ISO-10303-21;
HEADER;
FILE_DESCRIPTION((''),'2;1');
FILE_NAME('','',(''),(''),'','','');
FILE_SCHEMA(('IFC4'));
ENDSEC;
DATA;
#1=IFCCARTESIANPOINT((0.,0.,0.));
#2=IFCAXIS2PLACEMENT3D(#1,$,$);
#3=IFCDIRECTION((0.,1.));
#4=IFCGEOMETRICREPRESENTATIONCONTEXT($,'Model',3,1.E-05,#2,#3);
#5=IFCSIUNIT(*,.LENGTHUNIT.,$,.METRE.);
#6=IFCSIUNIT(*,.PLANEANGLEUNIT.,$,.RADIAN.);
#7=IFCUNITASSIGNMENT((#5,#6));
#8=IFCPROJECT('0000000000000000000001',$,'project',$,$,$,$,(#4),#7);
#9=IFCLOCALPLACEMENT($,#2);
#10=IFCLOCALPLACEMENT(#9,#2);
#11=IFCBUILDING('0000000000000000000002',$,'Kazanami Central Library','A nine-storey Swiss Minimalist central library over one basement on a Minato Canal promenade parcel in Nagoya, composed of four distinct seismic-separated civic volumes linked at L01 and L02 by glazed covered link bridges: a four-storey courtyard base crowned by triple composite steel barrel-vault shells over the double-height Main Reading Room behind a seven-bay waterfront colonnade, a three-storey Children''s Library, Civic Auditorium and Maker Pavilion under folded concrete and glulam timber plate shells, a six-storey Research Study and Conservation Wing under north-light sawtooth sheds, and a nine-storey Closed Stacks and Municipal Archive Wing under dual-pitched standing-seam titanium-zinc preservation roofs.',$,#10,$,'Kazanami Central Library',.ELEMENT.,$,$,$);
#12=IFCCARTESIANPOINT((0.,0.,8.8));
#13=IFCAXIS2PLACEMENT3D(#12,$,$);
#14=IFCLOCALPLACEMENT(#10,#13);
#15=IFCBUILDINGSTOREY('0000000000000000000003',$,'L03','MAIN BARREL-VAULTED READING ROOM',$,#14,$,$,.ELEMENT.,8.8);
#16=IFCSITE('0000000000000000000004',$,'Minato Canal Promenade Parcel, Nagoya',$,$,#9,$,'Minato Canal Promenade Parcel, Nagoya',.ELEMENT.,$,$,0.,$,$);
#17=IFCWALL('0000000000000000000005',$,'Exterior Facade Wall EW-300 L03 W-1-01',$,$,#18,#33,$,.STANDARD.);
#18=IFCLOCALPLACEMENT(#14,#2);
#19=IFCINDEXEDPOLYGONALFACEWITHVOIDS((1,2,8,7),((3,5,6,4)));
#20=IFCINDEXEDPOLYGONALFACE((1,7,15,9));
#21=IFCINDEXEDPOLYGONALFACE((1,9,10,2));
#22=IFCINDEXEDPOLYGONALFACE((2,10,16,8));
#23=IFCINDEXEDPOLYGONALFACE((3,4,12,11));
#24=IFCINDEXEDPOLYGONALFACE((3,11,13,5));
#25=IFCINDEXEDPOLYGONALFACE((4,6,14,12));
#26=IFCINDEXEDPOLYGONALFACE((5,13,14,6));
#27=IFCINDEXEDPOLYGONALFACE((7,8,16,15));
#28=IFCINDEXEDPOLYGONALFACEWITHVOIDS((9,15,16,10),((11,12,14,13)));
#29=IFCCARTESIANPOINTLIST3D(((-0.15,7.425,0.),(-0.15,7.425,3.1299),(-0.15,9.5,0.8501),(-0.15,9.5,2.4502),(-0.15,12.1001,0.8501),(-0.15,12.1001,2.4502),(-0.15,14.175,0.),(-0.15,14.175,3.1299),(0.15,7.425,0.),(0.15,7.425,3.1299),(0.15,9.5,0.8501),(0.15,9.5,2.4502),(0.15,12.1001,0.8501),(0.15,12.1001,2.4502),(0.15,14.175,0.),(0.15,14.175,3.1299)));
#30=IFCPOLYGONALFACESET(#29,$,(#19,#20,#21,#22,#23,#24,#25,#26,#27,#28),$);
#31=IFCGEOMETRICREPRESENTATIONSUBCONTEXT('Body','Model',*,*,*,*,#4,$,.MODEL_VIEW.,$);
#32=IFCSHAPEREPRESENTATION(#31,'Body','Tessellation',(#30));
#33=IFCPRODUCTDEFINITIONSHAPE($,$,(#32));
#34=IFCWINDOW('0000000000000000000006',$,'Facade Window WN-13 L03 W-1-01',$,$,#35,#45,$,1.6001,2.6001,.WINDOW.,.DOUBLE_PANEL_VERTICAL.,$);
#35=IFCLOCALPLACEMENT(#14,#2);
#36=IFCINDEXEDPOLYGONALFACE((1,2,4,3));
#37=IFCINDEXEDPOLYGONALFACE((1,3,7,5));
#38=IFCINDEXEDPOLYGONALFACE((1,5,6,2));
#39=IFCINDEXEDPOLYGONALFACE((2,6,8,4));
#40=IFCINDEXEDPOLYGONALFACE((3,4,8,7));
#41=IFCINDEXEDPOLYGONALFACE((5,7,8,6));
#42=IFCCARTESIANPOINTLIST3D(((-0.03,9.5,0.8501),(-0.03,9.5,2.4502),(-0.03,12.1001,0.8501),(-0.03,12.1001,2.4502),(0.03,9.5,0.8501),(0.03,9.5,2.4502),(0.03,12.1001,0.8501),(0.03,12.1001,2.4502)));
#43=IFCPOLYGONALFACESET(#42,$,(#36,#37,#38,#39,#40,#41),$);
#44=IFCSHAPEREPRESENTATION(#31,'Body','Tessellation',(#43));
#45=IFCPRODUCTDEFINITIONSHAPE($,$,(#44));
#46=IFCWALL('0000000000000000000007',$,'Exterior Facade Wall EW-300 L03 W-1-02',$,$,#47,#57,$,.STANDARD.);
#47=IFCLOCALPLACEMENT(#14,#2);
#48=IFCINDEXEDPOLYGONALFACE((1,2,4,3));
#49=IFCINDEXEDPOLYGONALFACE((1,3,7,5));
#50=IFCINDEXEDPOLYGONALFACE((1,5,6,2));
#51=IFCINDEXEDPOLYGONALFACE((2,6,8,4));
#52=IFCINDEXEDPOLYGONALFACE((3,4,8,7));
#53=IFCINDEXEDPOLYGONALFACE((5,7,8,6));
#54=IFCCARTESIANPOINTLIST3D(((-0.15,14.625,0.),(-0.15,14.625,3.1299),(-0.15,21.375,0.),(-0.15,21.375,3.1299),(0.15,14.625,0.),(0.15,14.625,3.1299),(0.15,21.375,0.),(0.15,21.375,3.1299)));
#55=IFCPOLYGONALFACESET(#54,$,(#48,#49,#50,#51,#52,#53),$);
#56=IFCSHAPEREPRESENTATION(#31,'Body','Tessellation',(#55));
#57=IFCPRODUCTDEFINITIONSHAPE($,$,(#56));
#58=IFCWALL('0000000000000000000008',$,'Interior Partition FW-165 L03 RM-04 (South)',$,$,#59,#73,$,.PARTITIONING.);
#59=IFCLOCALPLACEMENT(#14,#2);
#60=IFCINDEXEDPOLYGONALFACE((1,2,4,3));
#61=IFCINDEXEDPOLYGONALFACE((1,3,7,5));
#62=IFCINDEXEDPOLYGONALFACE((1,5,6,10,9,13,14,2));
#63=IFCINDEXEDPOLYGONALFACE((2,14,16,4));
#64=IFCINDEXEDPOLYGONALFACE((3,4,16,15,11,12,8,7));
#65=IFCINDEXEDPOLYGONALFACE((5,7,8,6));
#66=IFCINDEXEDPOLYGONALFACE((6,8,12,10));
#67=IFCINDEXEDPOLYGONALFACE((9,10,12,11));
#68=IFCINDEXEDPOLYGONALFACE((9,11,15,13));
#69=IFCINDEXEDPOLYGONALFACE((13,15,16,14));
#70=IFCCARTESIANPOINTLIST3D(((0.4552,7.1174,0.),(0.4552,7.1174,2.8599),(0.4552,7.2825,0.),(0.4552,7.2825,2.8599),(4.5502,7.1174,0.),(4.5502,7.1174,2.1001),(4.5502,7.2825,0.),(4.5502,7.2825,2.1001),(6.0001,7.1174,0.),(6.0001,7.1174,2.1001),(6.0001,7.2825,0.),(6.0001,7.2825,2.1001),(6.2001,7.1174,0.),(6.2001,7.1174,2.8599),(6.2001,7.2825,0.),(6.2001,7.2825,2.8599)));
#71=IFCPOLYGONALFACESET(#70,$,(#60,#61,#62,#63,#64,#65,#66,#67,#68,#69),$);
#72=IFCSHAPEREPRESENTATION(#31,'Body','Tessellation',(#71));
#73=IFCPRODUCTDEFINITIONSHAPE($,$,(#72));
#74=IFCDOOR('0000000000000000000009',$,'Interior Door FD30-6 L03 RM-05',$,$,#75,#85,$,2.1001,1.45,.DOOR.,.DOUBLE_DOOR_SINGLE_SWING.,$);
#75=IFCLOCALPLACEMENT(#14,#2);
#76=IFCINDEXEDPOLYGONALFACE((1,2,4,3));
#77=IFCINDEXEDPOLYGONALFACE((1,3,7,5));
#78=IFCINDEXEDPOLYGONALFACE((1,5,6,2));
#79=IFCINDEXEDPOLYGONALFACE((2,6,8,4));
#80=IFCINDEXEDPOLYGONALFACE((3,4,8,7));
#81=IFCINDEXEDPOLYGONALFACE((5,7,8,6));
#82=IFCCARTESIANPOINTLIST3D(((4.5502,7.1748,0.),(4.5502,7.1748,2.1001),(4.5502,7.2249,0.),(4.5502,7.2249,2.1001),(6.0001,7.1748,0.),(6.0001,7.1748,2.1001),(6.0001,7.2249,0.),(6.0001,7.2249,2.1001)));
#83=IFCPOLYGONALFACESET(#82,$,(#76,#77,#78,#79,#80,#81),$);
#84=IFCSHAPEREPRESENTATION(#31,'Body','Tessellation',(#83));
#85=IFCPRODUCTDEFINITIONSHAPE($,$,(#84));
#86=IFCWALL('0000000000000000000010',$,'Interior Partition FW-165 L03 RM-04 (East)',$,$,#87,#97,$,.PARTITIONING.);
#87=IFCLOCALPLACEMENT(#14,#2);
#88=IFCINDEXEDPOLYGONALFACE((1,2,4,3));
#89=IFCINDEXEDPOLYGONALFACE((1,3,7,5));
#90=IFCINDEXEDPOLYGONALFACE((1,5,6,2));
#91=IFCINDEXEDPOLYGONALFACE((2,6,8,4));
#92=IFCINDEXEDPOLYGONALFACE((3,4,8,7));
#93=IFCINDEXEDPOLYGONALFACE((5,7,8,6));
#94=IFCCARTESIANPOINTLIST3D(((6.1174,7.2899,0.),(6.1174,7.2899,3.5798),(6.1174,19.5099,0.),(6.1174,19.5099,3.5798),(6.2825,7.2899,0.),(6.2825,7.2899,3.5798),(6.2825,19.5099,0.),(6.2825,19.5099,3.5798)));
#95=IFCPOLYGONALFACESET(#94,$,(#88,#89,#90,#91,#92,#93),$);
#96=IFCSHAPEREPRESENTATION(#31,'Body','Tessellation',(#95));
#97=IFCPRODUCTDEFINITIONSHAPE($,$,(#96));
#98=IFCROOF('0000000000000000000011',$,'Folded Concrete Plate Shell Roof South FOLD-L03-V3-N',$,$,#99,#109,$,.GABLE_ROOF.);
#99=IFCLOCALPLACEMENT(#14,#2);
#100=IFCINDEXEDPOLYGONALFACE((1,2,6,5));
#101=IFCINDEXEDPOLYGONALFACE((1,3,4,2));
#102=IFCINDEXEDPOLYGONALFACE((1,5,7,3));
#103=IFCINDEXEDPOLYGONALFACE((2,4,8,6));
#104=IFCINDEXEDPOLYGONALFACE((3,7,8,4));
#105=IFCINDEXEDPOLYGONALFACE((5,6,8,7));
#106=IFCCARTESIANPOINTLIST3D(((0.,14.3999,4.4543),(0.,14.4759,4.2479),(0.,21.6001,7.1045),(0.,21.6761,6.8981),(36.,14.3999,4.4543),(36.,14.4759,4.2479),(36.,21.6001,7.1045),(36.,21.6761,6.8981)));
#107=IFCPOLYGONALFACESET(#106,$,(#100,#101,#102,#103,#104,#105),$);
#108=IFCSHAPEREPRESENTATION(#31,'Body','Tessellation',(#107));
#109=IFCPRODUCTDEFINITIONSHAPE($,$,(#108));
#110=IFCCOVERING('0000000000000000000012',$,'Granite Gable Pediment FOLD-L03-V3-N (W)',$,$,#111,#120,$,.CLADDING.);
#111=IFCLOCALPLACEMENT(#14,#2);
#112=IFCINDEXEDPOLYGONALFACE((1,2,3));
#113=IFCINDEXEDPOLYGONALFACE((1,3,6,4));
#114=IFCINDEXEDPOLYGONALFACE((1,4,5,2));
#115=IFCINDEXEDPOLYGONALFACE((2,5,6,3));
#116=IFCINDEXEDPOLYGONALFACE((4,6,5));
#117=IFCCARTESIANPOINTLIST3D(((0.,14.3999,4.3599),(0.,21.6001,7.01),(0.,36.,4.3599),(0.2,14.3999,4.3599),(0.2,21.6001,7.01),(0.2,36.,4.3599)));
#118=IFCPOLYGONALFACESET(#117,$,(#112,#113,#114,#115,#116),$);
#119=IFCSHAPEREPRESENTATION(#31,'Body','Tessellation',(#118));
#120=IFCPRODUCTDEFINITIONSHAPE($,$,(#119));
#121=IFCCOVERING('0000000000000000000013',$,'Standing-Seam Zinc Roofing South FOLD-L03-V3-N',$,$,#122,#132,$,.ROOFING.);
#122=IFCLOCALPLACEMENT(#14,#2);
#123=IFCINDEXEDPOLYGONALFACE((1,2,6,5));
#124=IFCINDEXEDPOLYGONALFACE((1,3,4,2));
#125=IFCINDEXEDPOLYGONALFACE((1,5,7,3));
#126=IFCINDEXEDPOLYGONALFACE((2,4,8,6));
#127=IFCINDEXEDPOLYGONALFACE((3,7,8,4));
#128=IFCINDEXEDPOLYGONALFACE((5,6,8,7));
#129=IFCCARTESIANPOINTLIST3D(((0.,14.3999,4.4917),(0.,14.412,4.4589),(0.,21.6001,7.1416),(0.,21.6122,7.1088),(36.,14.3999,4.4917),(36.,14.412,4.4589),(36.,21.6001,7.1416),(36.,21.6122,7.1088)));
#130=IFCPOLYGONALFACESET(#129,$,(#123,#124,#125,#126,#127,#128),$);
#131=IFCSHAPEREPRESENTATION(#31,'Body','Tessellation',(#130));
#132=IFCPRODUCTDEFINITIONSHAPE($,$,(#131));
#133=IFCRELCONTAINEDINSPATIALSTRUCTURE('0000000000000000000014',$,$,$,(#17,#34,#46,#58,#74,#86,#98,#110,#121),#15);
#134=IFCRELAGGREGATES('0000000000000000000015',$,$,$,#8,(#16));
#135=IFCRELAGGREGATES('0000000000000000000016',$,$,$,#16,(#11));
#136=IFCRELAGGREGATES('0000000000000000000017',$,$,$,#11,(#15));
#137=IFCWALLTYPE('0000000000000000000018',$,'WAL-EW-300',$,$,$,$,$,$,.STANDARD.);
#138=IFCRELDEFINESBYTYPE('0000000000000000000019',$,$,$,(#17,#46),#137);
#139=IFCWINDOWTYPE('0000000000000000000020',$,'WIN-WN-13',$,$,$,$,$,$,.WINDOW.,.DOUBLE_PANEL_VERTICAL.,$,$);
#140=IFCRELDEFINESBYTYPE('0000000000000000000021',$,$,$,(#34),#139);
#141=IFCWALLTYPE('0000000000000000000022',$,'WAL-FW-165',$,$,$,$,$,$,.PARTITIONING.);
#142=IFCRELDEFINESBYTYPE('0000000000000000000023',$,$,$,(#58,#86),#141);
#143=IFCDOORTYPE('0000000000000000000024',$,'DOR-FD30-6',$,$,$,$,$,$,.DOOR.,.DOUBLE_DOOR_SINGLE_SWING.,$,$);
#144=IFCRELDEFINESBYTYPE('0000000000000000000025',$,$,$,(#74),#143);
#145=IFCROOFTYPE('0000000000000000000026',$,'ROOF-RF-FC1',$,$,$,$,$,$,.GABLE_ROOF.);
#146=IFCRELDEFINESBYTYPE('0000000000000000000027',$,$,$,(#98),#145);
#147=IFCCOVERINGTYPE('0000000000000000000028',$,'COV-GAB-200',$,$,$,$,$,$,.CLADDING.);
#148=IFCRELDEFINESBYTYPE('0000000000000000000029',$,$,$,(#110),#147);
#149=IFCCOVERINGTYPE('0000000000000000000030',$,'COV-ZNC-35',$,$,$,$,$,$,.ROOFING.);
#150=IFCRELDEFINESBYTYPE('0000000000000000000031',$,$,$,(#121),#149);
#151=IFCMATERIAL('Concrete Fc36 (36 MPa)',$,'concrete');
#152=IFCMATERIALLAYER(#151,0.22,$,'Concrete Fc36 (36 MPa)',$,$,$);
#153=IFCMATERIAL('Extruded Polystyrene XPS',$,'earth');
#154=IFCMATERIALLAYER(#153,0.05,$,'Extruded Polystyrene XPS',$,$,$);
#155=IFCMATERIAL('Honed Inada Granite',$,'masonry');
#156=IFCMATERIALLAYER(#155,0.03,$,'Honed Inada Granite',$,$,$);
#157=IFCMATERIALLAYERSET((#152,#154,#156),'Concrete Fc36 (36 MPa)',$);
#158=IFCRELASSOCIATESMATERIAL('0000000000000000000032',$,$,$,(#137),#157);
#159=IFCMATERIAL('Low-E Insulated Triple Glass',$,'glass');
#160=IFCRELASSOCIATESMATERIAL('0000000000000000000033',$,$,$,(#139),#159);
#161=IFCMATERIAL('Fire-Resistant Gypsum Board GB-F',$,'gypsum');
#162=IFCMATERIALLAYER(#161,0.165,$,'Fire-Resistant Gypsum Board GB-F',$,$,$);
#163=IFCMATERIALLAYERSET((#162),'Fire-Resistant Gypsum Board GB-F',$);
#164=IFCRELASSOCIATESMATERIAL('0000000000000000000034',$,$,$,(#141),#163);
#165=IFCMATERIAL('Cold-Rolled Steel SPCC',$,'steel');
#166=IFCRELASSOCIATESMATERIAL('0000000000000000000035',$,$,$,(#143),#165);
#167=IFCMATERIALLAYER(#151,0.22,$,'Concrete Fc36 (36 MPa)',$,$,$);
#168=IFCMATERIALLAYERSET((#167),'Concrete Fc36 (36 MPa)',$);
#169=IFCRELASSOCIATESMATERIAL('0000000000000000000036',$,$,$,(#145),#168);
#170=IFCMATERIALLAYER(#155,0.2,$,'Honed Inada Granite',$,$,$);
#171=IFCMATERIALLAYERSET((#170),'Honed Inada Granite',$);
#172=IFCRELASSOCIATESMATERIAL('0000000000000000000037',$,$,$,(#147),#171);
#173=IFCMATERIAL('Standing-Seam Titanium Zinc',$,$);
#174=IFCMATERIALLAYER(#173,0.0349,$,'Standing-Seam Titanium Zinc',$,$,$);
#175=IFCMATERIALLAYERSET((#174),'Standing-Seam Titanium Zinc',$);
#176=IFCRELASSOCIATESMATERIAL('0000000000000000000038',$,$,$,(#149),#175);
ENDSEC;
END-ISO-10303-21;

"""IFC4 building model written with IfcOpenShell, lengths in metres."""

from ifc_helpers import new_model, si_unit, direction, frame, frame_2d, origin, place, context, subcontext, project, spatial, polyline, rectangle, outline, extrude, material, layer, layer_set, type_object, element, fill, save


model = new_model("IFC4")

# Units and contexts
model_context = context("Model", 3, precision=1e-05, world=origin(), true_north=direction((0.0, 1.0)))
body_context = subcontext(model_context, "Body", "Model", "MODEL_VIEW")
ifc_project = project(units=[si_unit("LENGTHUNIT", "METRE"), si_unit("PLANEANGLEUNIT", "RADIAN")], contexts=[model_context])

# Site, building, storey
site_placement = place(None, origin())
site = spatial("IfcSite", under=ifc_project, at=site_placement, Name="Minato Canal Promenade Parcel, Nagoya", LongName="Minato Canal Promenade Parcel, Nagoya", CompositionType="ELEMENT", RefElevation=0.0)
building_placement = place(site_placement, origin())
building = spatial("IfcBuilding", under=site, at=building_placement, Name="Kazanami Central Library", Description="A nine-storey Swiss Minimalist central library over one basement on a Minato Canal promenade parcel in Nagoya, composed of four distinct seismic-separated civic volumes linked at L01 and L02 by glazed covered link bridges: a four-storey courtyard base crowned by triple composite steel barrel-vault shells over the double-height Main Reading Room behind a seven-bay waterfront colonnade, a three-storey Children's Library, Civic Auditorium and Maker Pavilion under folded concrete and glulam timber plate shells, a six-storey Research Study and Conservation Wing under north-light sawtooth sheds, and a nine-storey Closed Stacks and Municipal Archive Wing under dual-pitched standing-seam titanium-zinc preservation roofs.", LongName="Kazanami Central Library", CompositionType="ELEMENT")
storey_placement = place(building_placement, frame((0.0, 0.0, 8.8)))
storey = spatial("IfcBuildingStorey", under=building, at=storey_placement, Name="L03", Description="MAIN BARREL-VAULTED READING ROOM", CompositionType="ELEMENT", Elevation=8.8)

# Shared definitions
ifc_material_1 = material(Name="Low-E Insulated Triple Glass", Category="glass")

# Wall, opening, window
ifc_material_2 = material(Name="Concrete Fc36 (36 MPa)", Category="concrete")
ifc_layer_1 = layer(ifc_material_2, 0.22, Name="Concrete Fc36 (36 MPa)")
ifc_material_3 = material(Name="Extruded Polystyrene XPS", Category="earth")
ifc_layer_2 = layer(ifc_material_3, 0.05, Name="Extruded Polystyrene XPS")
ifc_material_4 = material(Name="Honed Inada Granite", Category="masonry")
ifc_layer_3 = layer(ifc_material_4, 0.03, Name="Honed Inada Granite")
ifc_layer_set_1 = layer_set([ifc_layer_1, ifc_layer_2, ifc_layer_3], Name="Concrete Fc36 (36 MPa)")
wall_type_1 = type_object("IfcWallType", Name="WAL-EW-300", PredefinedType="STANDARD", material=ifc_layer_set_1)
wall_1_placement = place(storey_placement, frame((0.0, 7.425, 0.0), z_axis=(0.0, 0.0, 1.0), x_axis=(0.0, 1.0, 0.0)))
wall_1 = element("IfcWall", 1, at=wall_1_placement, inside=storey, type_object=wall_type_1, Name="Exterior Facade Wall EW-300 L03 W-1-01", PredefinedType="STANDARD", context=body_context, shape_type="SweptSolid", body=[
    extrude(rectangle(XDim=6.75, YDim=0.3, at=frame_2d((3.375, 0.0))), origin(), (0.0, 0.0, 1.0), 3.1299),
])
opening_1_placement = place(wall_1_placement, frame((2.075, 0.0, 0.8501)))
opening_1 = element("IfcOpeningElement", 2, at=opening_1_placement, cuts=wall_1, PredefinedType="OPENING", context=body_context, shape_type="SweptSolid", body=[
    extrude(rectangle(XDim=2.6001, YDim=1.6001, at=frame_2d((1.3, 0.8))), frame((0.0, 0.1621, 0.0), z_axis=(0.0, -1.0, 0.0), x_axis=(1.0, 0.0, 0.0)), (0.0, 0.0, 1.0), 0.324),
])
window_type = type_object("IfcWindowType", Name="WIN-WN-13", PartitioningType="DOUBLE_PANEL_VERTICAL", PredefinedType="WINDOW", material=ifc_material_1)
window_placement = place(opening_1_placement, origin())
window = element("IfcWindow", 3, at=window_placement, inside=storey, type_object=window_type, Name="Facade Window WN-13 L03 W-1-01", OverallHeight=1.6001, OverallWidth=2.6001, PartitioningType="DOUBLE_PANEL_VERTICAL", PredefinedType="WINDOW", context=body_context, shape_type="SweptSolid", body=[
    extrude(rectangle(XDim=2.6001, YDim=1.6001, at=frame_2d((1.3, 0.8))), frame((0.0, 0.03, 0.0), z_axis=(0.0, -1.0, 0.0), x_axis=(1.0, 0.0, 0.0)), (0.0, 0.0, 1.0), 0.0601),
])
fill(opening_1, window)

# Wall
wall_2_placement = place(storey_placement, frame((0.0, 14.625, 0.0), z_axis=(0.0, 0.0, 1.0), x_axis=(0.0, 1.0, 0.0)))
element("IfcWall", 4, at=wall_2_placement, inside=storey, type_object=wall_type_1, Name="Exterior Facade Wall EW-300 L03 W-1-02", PredefinedType="STANDARD", context=body_context, shape_type="SweptSolid", body=[
    extrude(rectangle(XDim=6.75, YDim=0.3, at=frame_2d((3.375, 0.0))), origin(), (0.0, 0.0, 1.0), 3.1299),
])

# Wall, opening, door
ifc_material_5 = material(Name="Fire-Resistant Gypsum Board GB-F", Category="gypsum")
ifc_layer_4 = layer(ifc_material_5, 0.165, Name="Fire-Resistant Gypsum Board GB-F")
ifc_layer_set_2 = layer_set([ifc_layer_4], Name="Fire-Resistant Gypsum Board GB-F")
wall_type_2 = type_object("IfcWallType", Name="WAL-FW-165", PredefinedType="PARTITIONING", material=ifc_layer_set_2)
wall_3_placement = place(storey_placement, frame((0.4551, 7.2, 0.0), z_axis=(0.0, 0.0, 1.0), x_axis=(1.0, 0.0, 0.0)))
wall_3 = element("IfcWall", 5, at=wall_3_placement, inside=storey, type_object=wall_type_2, Name="Interior Partition FW-165 L03 RM-04 (South)", PredefinedType="PARTITIONING", context=body_context, shape_type="SweptSolid", body=[
    extrude(rectangle(XDim=5.7449, YDim=0.165, at=frame_2d((2.8726, 0.0))), origin(), (0.0, 0.0, 1.0), 2.8599),
])
opening_2_placement = place(wall_3_placement, frame((4.095, 0.0, 0.0)))
opening_2 = element("IfcOpeningElement", 6, at=opening_2_placement, cuts=wall_3, PredefinedType="OPENING", context=body_context, shape_type="SweptSolid", body=[
    extrude(rectangle(XDim=1.45, YDim=2.1001, at=frame_2d((0.7251, 1.05))), frame((0.0, 0.0945, 0.0), z_axis=(0.0, -1.0, 0.0), x_axis=(1.0, 0.0, 0.0)), (0.0, 0.0, 1.0), 0.189),
])
ifc_material_6 = material(Name="Cold-Rolled Steel SPCC", Category="steel")
door_type = type_object("IfcDoorType", Name="DOR-FD30-6", OperationType="DOUBLE_DOOR_SINGLE_SWING", PredefinedType="DOOR", material=ifc_material_6)
door_placement = place(opening_2_placement, origin())
door = element("IfcDoor", 7, at=door_placement, inside=storey, type_object=door_type, Name="Interior Door FD30-6 L03 RM-05", OperationType="DOUBLE_DOOR_SINGLE_SWING", OverallHeight=2.1001, OverallWidth=1.45, PredefinedType="DOOR", context=body_context, shape_type="SweptSolid", body=[
    extrude(rectangle(XDim=1.45, YDim=2.1001, at=frame_2d((0.7251, 1.05))), frame((0.0, 0.0249, 0.0), z_axis=(0.0, -1.0, 0.0), x_axis=(1.0, 0.0, 0.0)), (0.0, 0.0, 1.0), 0.05),
])
fill(opening_2, door)

# Wall
wall_4_placement = place(storey_placement, frame((6.2, 7.29, 0.0), z_axis=(0.0, 0.0, 1.0), x_axis=(0.0, 1.0, 0.0)))
element("IfcWall", 8, at=wall_4_placement, inside=storey, type_object=wall_type_2, Name="Interior Partition FW-165 L03 RM-04 (East)", PredefinedType="PARTITIONING", context=body_context, shape_type="SweptSolid", body=[
    extrude(rectangle(XDim=12.22, YDim=0.165, at=frame_2d((6.1099, 0.0))), origin(), (0.0, 0.0, 1.0), 3.5798),
])

# Roof
ifc_layer_5 = layer(ifc_material_2, 0.22, Name="Concrete Fc36 (36 MPa)")
ifc_layer_set_3 = layer_set([ifc_layer_5], Name="Concrete Fc36 (36 MPa)")
roof_type = type_object("IfcRoofType", Name="ROOF-RF-FC1", PredefinedType="GABLE_ROOF", material=ifc_layer_set_3)
roof_placement = place(storey_placement, frame((0.0, 14.3999, 4.4543), z_axis=(0.0, -0.345412, 0.938451), x_axis=(1.0, 0.0, 0.0)))
element("IfcRoof", 9, at=roof_placement, inside=storey, type_object=roof_type, Name="Folded Concrete Plate Shell Roof South FOLD-L03-V3-N", PredefinedType="GABLE_ROOF", context=body_context, shape_type="SweptSolid", body=[
    extrude(outline(polyline([(0.0, 0.0), (36.0, 0.0), (36.0, 7.6724), (0.0, 7.6724), (0.0, 0.0)])), origin(), (0.0, 0.0, -1.0), 0.22),
])

# Coverings
ifc_layer_6 = layer(ifc_material_4, 0.2, Name="Honed Inada Granite")
ifc_layer_set_4 = layer_set([ifc_layer_6], Name="Honed Inada Granite")
covering_type_1 = type_object("IfcCoveringType", Name="COV-GAB-200", PredefinedType="CLADDING", material=ifc_layer_set_4)
covering_1_placement = place(storey_placement, frame((0.2, 14.3999, 4.3599), z_axis=(1.0, 0.0, 0.0), x_axis=(0.0, 1.0, 0.0)))
element("IfcCovering", 10, at=covering_1_placement, inside=storey, type_object=covering_type_1, Name="Granite Gable Pediment FOLD-L03-V3-N (W)", PredefinedType="CLADDING", context=body_context, shape_type="SweptSolid", body=[
    extrude(outline(polyline([(0.0, 0.0), (21.6001, 0.0), (7.2002, 2.6501), (0.0, 0.0)])), origin(), (0.0, 0.0, -1.0), 0.2),
])
ifc_material_7 = material(Name="Standing-Seam Titanium Zinc")
ifc_layer_7 = layer(ifc_material_7, 0.0349, Name="Standing-Seam Titanium Zinc")
ifc_layer_set_5 = layer_set([ifc_layer_7], Name="Standing-Seam Titanium Zinc")
covering_type_2 = type_object("IfcCoveringType", Name="COV-ZNC-35", PredefinedType="ROOFING", material=ifc_layer_set_5)
covering_2_placement = place(storey_placement, frame((0.0, 14.3999, 4.4917), z_axis=(0.0, -0.345384, 0.938461), x_axis=(1.0, 0.0, 0.0)))
element("IfcCovering", 11, at=covering_2_placement, inside=storey, type_object=covering_type_2, Name="Standing-Seam Zinc Roofing South FOLD-L03-V3-N", PredefinedType="ROOFING", context=body_context, shape_type="SweptSolid", body=[
    extrude(outline(polyline([(0.0, 0.0), (36.0, 0.0), (36.0, 7.6723), (0.0, 7.6723), (0.0, 0.0)])), origin(), (0.0, 0.0, -1.0), 0.0349),
])

save(model, "model.ifc")
